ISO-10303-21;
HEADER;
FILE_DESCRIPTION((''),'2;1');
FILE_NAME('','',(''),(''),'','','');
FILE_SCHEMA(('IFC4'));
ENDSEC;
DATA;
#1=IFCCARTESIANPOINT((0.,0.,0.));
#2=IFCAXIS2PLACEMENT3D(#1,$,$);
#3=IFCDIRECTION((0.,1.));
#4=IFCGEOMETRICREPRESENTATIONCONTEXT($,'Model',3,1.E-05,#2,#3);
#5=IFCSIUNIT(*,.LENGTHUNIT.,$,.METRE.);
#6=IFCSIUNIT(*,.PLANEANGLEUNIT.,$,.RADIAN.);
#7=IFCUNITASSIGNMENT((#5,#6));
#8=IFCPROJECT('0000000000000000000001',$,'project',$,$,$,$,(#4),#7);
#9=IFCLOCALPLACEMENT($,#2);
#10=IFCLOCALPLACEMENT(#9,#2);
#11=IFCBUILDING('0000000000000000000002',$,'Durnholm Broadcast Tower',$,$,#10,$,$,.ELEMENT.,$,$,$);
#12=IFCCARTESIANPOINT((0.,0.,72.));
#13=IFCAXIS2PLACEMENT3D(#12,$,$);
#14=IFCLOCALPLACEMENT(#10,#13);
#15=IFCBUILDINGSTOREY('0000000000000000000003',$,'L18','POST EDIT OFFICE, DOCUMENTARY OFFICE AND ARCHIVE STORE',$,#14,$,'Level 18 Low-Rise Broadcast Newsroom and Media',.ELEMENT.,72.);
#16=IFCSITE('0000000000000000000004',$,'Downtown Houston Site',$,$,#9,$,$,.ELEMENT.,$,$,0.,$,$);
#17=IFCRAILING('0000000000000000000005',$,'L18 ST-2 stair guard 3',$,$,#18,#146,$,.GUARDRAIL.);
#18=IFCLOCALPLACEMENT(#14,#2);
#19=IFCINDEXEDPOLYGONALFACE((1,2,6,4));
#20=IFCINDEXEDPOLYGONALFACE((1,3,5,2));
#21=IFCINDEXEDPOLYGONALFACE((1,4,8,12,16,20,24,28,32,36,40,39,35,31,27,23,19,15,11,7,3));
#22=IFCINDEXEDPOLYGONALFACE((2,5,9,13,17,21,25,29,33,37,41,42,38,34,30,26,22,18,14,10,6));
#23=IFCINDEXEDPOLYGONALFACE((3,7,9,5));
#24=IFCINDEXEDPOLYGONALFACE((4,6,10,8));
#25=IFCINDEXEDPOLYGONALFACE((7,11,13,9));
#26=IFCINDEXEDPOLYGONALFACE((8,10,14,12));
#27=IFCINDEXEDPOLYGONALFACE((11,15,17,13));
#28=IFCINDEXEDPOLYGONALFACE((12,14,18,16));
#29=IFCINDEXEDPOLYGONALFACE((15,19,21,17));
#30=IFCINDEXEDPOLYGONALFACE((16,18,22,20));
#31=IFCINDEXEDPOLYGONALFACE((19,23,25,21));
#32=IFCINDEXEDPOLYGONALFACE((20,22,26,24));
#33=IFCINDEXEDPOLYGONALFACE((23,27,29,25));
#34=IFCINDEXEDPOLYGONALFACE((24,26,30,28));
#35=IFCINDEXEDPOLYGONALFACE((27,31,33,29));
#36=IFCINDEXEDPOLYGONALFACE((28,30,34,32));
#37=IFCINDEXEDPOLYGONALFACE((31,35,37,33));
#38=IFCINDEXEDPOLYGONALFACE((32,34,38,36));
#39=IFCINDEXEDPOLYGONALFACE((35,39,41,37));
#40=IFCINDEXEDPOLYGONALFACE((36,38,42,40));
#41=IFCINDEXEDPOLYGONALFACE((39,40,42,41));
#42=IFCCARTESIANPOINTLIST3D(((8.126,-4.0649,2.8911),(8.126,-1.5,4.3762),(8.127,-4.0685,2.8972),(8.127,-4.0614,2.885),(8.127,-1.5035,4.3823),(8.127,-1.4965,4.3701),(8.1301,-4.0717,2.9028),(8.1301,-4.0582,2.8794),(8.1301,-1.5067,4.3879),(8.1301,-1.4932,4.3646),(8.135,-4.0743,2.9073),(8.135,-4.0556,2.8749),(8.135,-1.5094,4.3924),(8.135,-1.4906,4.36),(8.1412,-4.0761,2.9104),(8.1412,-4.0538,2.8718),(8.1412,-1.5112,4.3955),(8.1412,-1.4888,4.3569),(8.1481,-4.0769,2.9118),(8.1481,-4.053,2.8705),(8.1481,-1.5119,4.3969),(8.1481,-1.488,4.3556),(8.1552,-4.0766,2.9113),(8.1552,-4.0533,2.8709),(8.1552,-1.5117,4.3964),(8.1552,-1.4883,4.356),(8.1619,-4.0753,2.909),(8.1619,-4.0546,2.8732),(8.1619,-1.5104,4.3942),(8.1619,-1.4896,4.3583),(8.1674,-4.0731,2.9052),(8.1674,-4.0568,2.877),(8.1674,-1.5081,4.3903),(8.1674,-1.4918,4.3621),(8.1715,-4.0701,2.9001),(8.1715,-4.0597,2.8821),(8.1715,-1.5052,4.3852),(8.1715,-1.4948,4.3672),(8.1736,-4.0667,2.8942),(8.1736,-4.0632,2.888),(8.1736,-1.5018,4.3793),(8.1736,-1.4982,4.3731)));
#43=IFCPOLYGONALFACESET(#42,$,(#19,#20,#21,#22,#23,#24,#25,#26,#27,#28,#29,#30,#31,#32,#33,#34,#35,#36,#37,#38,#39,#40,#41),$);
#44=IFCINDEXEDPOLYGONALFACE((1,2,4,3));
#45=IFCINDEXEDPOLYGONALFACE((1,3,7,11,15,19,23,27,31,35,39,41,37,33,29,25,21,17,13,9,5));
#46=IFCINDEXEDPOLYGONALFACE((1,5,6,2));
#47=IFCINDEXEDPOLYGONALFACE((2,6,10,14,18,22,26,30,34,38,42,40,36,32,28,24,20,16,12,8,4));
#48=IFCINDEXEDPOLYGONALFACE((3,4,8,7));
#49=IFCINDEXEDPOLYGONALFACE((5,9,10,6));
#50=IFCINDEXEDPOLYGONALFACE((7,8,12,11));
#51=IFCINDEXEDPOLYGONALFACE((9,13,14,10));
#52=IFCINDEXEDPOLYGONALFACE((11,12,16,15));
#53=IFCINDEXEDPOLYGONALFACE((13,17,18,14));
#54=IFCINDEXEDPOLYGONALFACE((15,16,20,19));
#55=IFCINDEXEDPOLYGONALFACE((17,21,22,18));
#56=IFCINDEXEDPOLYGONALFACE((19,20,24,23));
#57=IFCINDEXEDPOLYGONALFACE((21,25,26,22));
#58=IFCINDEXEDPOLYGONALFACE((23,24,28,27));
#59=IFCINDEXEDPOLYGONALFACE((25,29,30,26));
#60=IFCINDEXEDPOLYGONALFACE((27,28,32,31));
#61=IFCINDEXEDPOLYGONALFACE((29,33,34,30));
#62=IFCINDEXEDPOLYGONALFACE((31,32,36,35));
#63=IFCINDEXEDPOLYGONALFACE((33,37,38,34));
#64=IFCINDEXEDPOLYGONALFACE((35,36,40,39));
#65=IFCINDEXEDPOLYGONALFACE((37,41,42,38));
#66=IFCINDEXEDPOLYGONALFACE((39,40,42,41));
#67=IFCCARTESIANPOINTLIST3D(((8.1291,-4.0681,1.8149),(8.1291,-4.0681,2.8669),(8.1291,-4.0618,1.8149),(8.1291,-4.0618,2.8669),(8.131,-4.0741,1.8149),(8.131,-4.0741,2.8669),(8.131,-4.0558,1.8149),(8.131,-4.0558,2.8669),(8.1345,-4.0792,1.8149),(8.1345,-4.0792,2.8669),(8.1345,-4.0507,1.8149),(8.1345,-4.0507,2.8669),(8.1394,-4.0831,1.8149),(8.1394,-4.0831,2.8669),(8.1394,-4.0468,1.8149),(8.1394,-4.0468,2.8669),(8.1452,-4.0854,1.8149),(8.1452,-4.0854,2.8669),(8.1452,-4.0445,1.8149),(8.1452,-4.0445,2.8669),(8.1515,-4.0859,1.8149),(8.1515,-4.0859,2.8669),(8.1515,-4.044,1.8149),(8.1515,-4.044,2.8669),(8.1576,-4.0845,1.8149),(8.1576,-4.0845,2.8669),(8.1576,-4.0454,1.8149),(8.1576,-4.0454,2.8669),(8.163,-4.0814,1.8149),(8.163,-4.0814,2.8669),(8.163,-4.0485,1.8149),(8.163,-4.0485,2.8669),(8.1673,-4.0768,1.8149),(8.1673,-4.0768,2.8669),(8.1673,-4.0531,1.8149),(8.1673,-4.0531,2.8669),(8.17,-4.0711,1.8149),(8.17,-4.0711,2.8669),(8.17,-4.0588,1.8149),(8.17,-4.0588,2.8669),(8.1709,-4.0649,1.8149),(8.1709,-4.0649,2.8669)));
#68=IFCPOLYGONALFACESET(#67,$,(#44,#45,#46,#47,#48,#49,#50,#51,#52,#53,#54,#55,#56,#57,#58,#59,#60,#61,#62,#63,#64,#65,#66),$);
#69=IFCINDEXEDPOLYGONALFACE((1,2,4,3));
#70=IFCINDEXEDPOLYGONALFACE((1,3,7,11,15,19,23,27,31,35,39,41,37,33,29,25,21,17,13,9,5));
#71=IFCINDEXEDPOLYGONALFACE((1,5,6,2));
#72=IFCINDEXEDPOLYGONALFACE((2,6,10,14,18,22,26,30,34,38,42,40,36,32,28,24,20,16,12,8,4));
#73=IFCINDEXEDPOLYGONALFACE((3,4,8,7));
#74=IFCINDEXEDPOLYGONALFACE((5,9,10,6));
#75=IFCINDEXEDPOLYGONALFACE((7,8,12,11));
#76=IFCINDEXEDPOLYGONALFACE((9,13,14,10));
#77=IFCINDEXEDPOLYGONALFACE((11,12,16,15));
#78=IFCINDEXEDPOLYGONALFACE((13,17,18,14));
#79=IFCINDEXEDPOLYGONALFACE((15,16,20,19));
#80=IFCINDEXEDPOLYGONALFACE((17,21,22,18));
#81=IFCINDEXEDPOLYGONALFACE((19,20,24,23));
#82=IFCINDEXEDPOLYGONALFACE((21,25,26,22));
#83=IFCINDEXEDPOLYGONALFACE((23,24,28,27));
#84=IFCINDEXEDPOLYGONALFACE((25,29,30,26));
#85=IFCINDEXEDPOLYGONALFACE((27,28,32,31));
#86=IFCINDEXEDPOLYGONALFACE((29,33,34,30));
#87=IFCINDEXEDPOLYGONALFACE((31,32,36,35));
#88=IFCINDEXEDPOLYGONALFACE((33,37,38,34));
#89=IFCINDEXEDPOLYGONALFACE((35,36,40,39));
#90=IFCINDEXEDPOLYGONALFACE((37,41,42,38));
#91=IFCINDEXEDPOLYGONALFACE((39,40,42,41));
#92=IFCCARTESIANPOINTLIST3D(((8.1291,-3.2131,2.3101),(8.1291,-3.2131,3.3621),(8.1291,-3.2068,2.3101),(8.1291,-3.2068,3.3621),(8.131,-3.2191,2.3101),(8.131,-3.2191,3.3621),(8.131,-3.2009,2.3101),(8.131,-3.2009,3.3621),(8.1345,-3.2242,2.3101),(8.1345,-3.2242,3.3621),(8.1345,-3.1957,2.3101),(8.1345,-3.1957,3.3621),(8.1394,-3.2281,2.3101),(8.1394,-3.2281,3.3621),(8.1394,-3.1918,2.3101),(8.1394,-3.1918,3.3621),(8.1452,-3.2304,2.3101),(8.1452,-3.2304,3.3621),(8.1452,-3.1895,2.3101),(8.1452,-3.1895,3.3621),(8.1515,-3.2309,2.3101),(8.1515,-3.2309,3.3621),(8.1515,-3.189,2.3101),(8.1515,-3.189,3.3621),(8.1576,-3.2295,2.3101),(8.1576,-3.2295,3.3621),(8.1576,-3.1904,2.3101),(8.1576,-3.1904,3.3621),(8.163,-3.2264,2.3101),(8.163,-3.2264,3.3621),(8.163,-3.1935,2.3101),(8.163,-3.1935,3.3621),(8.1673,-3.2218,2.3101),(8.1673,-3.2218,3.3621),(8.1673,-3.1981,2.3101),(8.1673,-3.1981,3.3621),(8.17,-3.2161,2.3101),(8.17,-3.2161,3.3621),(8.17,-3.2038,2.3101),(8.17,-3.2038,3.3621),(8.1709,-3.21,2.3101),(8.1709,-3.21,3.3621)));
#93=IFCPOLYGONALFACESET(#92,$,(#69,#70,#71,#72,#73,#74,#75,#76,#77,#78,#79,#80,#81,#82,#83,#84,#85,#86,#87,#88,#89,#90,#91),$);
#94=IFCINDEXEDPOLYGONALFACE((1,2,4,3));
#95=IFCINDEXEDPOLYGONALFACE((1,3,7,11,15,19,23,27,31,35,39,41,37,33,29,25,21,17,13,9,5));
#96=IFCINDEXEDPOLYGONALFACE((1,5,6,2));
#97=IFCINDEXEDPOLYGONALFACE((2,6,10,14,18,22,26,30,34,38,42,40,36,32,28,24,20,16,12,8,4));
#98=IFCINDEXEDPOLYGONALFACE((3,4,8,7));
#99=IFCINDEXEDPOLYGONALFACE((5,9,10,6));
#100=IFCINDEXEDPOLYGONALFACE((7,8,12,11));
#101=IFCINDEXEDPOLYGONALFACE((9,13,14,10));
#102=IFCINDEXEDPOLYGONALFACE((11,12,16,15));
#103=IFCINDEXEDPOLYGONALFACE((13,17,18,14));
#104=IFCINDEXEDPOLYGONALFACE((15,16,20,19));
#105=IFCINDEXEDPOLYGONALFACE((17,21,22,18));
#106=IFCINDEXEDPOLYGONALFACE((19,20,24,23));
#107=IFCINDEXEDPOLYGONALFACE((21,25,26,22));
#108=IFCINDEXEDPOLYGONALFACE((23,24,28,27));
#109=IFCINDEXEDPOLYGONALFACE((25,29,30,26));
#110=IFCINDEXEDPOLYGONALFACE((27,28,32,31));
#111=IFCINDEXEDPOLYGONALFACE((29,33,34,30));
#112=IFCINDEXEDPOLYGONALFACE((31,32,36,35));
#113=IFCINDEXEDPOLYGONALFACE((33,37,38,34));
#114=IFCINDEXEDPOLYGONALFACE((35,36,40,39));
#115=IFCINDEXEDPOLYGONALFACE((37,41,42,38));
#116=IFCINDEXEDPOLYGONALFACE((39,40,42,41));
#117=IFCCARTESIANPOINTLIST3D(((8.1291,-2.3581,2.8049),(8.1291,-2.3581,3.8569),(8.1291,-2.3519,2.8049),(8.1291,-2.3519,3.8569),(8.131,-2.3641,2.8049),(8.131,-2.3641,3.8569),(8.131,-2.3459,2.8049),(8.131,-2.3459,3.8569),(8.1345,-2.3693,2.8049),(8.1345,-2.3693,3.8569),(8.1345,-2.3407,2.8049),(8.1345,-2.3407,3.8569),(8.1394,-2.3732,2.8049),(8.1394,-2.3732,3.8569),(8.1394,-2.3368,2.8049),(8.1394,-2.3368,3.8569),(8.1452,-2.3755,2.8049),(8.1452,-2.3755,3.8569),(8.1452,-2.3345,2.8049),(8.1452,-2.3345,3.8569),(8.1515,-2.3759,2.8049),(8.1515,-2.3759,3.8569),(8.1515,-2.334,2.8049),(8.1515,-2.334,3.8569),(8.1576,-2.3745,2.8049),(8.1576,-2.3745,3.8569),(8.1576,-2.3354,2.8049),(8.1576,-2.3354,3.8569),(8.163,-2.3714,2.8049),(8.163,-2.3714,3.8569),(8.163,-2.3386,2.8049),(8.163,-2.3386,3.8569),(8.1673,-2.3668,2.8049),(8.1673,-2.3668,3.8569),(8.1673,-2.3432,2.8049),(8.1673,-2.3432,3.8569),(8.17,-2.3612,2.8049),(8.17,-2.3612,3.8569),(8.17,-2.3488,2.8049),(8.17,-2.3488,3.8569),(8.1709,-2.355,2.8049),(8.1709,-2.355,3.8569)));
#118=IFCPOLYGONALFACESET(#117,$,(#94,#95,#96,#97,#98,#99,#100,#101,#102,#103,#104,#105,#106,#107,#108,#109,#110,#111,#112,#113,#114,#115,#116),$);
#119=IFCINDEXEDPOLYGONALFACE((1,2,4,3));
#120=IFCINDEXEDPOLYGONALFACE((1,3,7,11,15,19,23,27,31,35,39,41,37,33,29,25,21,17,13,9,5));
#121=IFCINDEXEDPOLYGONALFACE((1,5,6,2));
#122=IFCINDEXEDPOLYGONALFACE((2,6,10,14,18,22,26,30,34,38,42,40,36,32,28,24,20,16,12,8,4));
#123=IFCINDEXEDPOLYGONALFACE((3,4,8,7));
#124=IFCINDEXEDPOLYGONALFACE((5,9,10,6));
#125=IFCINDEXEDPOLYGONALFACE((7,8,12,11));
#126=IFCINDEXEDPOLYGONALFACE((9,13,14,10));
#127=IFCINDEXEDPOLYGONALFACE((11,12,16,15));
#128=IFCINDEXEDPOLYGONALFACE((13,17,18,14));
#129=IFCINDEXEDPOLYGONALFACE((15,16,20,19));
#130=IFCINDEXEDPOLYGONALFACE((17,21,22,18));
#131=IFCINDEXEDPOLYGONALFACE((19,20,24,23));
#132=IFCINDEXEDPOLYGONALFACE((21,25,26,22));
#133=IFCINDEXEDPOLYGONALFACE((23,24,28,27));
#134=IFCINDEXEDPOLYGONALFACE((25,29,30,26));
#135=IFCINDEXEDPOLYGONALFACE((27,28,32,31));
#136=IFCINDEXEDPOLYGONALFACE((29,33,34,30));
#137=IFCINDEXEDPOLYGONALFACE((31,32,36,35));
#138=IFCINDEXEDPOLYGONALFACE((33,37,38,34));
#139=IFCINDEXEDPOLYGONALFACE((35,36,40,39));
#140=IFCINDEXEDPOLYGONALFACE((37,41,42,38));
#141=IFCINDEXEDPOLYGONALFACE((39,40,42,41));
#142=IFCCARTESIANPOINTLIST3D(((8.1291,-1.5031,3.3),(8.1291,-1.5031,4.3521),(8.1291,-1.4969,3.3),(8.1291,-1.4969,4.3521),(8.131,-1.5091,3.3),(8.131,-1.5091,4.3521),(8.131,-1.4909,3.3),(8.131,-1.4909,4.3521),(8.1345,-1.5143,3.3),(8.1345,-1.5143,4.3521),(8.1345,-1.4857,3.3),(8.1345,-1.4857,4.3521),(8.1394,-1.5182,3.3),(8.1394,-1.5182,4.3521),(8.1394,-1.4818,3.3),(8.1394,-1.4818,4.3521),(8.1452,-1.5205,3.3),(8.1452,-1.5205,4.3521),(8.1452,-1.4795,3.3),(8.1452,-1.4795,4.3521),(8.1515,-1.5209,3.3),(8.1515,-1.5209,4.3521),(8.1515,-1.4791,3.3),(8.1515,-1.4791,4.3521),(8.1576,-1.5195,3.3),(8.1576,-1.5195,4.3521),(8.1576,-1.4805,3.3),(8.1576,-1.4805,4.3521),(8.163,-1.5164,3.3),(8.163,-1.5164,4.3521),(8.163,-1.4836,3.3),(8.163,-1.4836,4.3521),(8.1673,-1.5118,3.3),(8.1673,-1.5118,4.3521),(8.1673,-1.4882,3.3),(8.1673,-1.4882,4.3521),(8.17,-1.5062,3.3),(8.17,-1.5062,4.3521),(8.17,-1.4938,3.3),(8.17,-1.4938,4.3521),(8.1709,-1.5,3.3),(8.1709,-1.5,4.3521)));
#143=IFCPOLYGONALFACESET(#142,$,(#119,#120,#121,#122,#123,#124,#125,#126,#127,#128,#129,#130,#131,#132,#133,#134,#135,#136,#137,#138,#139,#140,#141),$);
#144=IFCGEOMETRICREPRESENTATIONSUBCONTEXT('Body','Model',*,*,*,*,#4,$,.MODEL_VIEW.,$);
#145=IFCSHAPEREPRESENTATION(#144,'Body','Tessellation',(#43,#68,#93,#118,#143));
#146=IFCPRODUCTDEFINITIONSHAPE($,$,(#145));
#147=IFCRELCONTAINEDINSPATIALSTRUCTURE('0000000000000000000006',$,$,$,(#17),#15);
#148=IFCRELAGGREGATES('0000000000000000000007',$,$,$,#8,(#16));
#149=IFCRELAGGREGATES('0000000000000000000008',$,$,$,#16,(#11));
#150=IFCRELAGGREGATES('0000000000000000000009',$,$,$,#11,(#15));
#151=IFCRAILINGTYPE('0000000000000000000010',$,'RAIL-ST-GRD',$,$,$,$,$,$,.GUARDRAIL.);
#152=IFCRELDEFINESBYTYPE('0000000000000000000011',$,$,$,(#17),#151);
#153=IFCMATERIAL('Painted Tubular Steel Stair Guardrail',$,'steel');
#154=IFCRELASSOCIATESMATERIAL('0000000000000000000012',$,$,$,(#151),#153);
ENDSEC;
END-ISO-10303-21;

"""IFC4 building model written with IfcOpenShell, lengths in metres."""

from ifc_helpers import new_model, si_unit, direction, frame, origin, origin_2d, place, context, subcontext, project, spatial, circle, extrude, material, type_object, element, save


model = new_model("IFC4")

# Units and contexts
model_context = context("Model", 3, precision=1e-05, world=origin(), true_north=direction((0.0, 1.0)))
body_context = subcontext(model_context, "Body", "Model", "MODEL_VIEW")
ifc_project = project(units=[si_unit("LENGTHUNIT", "METRE"), si_unit("PLANEANGLEUNIT", "RADIAN")], contexts=[model_context])

# Site, building, storey
site_placement = place(None, origin())
site = spatial("IfcSite", under=ifc_project, at=site_placement, Name="Downtown Houston Site", CompositionType="ELEMENT", RefElevation=0.0)
building_placement = place(site_placement, origin())
building = spatial("IfcBuilding", under=site, at=building_placement, Name="Durnholm Broadcast Tower", CompositionType="ELEMENT")
storey_placement = place(building_placement, frame((0.0, 0.0, 72.0)))
storey = spatial("IfcBuildingStorey", under=building, at=storey_placement, Name="L18", Description="POST EDIT OFFICE, DOCUMENTARY OFFICE AND ARCHIVE STORE", LongName="Level 18 Low-Rise Broadcast Newsroom and Media", CompositionType="ELEMENT", Elevation=72.0)

# Railing
ifc_material_1 = material(Name="Painted Tubular Steel Stair Guardrail", Category="steel")
railing_type_1 = type_object("IfcRailingType", Name="RAIL-ST-GRD", PredefinedType="GUARDRAIL", material=ifc_material_1)
railing_1_placement = place(storey_placement, frame((8.1499, -4.0649, 1.8149)))
element("IfcRailing", 1, at=railing_1_placement, inside=storey, type_object=railing_type_1, Name="L18 ST-2 stair guard 3", PredefinedType="GUARDRAIL", context=body_context, shape_type="SweptSolid", body=[
    extrude(circle(Radius=0.0239, at=origin_2d()), frame((0.0, 0.0, 1.0762), z_axis=(0.0, 0.865406, 0.501072), x_axis=(-1.0, 0.0, 0.0)), (0.0, 0.0, 1.0), 2.9639),
    extrude(circle(Radius=0.021, at=origin_2d()), origin(), (0.0, 0.0, 1.0), 1.052),
    extrude(circle(Radius=0.021, at=origin_2d()), frame((0.0, 0.855, 0.4951)), (0.0, 0.0, 1.0), 1.052),
    extrude(circle(Radius=0.021, at=origin_2d()), frame((0.0, 1.71, 0.99)), (0.0, 0.0, 1.0), 1.052),
    extrude(circle(Radius=0.021, at=origin_2d()), frame((0.0, 2.5649, 1.4851)), (0.0, 0.0, 1.0), 1.052),
])

save(model, "model.ifc")
